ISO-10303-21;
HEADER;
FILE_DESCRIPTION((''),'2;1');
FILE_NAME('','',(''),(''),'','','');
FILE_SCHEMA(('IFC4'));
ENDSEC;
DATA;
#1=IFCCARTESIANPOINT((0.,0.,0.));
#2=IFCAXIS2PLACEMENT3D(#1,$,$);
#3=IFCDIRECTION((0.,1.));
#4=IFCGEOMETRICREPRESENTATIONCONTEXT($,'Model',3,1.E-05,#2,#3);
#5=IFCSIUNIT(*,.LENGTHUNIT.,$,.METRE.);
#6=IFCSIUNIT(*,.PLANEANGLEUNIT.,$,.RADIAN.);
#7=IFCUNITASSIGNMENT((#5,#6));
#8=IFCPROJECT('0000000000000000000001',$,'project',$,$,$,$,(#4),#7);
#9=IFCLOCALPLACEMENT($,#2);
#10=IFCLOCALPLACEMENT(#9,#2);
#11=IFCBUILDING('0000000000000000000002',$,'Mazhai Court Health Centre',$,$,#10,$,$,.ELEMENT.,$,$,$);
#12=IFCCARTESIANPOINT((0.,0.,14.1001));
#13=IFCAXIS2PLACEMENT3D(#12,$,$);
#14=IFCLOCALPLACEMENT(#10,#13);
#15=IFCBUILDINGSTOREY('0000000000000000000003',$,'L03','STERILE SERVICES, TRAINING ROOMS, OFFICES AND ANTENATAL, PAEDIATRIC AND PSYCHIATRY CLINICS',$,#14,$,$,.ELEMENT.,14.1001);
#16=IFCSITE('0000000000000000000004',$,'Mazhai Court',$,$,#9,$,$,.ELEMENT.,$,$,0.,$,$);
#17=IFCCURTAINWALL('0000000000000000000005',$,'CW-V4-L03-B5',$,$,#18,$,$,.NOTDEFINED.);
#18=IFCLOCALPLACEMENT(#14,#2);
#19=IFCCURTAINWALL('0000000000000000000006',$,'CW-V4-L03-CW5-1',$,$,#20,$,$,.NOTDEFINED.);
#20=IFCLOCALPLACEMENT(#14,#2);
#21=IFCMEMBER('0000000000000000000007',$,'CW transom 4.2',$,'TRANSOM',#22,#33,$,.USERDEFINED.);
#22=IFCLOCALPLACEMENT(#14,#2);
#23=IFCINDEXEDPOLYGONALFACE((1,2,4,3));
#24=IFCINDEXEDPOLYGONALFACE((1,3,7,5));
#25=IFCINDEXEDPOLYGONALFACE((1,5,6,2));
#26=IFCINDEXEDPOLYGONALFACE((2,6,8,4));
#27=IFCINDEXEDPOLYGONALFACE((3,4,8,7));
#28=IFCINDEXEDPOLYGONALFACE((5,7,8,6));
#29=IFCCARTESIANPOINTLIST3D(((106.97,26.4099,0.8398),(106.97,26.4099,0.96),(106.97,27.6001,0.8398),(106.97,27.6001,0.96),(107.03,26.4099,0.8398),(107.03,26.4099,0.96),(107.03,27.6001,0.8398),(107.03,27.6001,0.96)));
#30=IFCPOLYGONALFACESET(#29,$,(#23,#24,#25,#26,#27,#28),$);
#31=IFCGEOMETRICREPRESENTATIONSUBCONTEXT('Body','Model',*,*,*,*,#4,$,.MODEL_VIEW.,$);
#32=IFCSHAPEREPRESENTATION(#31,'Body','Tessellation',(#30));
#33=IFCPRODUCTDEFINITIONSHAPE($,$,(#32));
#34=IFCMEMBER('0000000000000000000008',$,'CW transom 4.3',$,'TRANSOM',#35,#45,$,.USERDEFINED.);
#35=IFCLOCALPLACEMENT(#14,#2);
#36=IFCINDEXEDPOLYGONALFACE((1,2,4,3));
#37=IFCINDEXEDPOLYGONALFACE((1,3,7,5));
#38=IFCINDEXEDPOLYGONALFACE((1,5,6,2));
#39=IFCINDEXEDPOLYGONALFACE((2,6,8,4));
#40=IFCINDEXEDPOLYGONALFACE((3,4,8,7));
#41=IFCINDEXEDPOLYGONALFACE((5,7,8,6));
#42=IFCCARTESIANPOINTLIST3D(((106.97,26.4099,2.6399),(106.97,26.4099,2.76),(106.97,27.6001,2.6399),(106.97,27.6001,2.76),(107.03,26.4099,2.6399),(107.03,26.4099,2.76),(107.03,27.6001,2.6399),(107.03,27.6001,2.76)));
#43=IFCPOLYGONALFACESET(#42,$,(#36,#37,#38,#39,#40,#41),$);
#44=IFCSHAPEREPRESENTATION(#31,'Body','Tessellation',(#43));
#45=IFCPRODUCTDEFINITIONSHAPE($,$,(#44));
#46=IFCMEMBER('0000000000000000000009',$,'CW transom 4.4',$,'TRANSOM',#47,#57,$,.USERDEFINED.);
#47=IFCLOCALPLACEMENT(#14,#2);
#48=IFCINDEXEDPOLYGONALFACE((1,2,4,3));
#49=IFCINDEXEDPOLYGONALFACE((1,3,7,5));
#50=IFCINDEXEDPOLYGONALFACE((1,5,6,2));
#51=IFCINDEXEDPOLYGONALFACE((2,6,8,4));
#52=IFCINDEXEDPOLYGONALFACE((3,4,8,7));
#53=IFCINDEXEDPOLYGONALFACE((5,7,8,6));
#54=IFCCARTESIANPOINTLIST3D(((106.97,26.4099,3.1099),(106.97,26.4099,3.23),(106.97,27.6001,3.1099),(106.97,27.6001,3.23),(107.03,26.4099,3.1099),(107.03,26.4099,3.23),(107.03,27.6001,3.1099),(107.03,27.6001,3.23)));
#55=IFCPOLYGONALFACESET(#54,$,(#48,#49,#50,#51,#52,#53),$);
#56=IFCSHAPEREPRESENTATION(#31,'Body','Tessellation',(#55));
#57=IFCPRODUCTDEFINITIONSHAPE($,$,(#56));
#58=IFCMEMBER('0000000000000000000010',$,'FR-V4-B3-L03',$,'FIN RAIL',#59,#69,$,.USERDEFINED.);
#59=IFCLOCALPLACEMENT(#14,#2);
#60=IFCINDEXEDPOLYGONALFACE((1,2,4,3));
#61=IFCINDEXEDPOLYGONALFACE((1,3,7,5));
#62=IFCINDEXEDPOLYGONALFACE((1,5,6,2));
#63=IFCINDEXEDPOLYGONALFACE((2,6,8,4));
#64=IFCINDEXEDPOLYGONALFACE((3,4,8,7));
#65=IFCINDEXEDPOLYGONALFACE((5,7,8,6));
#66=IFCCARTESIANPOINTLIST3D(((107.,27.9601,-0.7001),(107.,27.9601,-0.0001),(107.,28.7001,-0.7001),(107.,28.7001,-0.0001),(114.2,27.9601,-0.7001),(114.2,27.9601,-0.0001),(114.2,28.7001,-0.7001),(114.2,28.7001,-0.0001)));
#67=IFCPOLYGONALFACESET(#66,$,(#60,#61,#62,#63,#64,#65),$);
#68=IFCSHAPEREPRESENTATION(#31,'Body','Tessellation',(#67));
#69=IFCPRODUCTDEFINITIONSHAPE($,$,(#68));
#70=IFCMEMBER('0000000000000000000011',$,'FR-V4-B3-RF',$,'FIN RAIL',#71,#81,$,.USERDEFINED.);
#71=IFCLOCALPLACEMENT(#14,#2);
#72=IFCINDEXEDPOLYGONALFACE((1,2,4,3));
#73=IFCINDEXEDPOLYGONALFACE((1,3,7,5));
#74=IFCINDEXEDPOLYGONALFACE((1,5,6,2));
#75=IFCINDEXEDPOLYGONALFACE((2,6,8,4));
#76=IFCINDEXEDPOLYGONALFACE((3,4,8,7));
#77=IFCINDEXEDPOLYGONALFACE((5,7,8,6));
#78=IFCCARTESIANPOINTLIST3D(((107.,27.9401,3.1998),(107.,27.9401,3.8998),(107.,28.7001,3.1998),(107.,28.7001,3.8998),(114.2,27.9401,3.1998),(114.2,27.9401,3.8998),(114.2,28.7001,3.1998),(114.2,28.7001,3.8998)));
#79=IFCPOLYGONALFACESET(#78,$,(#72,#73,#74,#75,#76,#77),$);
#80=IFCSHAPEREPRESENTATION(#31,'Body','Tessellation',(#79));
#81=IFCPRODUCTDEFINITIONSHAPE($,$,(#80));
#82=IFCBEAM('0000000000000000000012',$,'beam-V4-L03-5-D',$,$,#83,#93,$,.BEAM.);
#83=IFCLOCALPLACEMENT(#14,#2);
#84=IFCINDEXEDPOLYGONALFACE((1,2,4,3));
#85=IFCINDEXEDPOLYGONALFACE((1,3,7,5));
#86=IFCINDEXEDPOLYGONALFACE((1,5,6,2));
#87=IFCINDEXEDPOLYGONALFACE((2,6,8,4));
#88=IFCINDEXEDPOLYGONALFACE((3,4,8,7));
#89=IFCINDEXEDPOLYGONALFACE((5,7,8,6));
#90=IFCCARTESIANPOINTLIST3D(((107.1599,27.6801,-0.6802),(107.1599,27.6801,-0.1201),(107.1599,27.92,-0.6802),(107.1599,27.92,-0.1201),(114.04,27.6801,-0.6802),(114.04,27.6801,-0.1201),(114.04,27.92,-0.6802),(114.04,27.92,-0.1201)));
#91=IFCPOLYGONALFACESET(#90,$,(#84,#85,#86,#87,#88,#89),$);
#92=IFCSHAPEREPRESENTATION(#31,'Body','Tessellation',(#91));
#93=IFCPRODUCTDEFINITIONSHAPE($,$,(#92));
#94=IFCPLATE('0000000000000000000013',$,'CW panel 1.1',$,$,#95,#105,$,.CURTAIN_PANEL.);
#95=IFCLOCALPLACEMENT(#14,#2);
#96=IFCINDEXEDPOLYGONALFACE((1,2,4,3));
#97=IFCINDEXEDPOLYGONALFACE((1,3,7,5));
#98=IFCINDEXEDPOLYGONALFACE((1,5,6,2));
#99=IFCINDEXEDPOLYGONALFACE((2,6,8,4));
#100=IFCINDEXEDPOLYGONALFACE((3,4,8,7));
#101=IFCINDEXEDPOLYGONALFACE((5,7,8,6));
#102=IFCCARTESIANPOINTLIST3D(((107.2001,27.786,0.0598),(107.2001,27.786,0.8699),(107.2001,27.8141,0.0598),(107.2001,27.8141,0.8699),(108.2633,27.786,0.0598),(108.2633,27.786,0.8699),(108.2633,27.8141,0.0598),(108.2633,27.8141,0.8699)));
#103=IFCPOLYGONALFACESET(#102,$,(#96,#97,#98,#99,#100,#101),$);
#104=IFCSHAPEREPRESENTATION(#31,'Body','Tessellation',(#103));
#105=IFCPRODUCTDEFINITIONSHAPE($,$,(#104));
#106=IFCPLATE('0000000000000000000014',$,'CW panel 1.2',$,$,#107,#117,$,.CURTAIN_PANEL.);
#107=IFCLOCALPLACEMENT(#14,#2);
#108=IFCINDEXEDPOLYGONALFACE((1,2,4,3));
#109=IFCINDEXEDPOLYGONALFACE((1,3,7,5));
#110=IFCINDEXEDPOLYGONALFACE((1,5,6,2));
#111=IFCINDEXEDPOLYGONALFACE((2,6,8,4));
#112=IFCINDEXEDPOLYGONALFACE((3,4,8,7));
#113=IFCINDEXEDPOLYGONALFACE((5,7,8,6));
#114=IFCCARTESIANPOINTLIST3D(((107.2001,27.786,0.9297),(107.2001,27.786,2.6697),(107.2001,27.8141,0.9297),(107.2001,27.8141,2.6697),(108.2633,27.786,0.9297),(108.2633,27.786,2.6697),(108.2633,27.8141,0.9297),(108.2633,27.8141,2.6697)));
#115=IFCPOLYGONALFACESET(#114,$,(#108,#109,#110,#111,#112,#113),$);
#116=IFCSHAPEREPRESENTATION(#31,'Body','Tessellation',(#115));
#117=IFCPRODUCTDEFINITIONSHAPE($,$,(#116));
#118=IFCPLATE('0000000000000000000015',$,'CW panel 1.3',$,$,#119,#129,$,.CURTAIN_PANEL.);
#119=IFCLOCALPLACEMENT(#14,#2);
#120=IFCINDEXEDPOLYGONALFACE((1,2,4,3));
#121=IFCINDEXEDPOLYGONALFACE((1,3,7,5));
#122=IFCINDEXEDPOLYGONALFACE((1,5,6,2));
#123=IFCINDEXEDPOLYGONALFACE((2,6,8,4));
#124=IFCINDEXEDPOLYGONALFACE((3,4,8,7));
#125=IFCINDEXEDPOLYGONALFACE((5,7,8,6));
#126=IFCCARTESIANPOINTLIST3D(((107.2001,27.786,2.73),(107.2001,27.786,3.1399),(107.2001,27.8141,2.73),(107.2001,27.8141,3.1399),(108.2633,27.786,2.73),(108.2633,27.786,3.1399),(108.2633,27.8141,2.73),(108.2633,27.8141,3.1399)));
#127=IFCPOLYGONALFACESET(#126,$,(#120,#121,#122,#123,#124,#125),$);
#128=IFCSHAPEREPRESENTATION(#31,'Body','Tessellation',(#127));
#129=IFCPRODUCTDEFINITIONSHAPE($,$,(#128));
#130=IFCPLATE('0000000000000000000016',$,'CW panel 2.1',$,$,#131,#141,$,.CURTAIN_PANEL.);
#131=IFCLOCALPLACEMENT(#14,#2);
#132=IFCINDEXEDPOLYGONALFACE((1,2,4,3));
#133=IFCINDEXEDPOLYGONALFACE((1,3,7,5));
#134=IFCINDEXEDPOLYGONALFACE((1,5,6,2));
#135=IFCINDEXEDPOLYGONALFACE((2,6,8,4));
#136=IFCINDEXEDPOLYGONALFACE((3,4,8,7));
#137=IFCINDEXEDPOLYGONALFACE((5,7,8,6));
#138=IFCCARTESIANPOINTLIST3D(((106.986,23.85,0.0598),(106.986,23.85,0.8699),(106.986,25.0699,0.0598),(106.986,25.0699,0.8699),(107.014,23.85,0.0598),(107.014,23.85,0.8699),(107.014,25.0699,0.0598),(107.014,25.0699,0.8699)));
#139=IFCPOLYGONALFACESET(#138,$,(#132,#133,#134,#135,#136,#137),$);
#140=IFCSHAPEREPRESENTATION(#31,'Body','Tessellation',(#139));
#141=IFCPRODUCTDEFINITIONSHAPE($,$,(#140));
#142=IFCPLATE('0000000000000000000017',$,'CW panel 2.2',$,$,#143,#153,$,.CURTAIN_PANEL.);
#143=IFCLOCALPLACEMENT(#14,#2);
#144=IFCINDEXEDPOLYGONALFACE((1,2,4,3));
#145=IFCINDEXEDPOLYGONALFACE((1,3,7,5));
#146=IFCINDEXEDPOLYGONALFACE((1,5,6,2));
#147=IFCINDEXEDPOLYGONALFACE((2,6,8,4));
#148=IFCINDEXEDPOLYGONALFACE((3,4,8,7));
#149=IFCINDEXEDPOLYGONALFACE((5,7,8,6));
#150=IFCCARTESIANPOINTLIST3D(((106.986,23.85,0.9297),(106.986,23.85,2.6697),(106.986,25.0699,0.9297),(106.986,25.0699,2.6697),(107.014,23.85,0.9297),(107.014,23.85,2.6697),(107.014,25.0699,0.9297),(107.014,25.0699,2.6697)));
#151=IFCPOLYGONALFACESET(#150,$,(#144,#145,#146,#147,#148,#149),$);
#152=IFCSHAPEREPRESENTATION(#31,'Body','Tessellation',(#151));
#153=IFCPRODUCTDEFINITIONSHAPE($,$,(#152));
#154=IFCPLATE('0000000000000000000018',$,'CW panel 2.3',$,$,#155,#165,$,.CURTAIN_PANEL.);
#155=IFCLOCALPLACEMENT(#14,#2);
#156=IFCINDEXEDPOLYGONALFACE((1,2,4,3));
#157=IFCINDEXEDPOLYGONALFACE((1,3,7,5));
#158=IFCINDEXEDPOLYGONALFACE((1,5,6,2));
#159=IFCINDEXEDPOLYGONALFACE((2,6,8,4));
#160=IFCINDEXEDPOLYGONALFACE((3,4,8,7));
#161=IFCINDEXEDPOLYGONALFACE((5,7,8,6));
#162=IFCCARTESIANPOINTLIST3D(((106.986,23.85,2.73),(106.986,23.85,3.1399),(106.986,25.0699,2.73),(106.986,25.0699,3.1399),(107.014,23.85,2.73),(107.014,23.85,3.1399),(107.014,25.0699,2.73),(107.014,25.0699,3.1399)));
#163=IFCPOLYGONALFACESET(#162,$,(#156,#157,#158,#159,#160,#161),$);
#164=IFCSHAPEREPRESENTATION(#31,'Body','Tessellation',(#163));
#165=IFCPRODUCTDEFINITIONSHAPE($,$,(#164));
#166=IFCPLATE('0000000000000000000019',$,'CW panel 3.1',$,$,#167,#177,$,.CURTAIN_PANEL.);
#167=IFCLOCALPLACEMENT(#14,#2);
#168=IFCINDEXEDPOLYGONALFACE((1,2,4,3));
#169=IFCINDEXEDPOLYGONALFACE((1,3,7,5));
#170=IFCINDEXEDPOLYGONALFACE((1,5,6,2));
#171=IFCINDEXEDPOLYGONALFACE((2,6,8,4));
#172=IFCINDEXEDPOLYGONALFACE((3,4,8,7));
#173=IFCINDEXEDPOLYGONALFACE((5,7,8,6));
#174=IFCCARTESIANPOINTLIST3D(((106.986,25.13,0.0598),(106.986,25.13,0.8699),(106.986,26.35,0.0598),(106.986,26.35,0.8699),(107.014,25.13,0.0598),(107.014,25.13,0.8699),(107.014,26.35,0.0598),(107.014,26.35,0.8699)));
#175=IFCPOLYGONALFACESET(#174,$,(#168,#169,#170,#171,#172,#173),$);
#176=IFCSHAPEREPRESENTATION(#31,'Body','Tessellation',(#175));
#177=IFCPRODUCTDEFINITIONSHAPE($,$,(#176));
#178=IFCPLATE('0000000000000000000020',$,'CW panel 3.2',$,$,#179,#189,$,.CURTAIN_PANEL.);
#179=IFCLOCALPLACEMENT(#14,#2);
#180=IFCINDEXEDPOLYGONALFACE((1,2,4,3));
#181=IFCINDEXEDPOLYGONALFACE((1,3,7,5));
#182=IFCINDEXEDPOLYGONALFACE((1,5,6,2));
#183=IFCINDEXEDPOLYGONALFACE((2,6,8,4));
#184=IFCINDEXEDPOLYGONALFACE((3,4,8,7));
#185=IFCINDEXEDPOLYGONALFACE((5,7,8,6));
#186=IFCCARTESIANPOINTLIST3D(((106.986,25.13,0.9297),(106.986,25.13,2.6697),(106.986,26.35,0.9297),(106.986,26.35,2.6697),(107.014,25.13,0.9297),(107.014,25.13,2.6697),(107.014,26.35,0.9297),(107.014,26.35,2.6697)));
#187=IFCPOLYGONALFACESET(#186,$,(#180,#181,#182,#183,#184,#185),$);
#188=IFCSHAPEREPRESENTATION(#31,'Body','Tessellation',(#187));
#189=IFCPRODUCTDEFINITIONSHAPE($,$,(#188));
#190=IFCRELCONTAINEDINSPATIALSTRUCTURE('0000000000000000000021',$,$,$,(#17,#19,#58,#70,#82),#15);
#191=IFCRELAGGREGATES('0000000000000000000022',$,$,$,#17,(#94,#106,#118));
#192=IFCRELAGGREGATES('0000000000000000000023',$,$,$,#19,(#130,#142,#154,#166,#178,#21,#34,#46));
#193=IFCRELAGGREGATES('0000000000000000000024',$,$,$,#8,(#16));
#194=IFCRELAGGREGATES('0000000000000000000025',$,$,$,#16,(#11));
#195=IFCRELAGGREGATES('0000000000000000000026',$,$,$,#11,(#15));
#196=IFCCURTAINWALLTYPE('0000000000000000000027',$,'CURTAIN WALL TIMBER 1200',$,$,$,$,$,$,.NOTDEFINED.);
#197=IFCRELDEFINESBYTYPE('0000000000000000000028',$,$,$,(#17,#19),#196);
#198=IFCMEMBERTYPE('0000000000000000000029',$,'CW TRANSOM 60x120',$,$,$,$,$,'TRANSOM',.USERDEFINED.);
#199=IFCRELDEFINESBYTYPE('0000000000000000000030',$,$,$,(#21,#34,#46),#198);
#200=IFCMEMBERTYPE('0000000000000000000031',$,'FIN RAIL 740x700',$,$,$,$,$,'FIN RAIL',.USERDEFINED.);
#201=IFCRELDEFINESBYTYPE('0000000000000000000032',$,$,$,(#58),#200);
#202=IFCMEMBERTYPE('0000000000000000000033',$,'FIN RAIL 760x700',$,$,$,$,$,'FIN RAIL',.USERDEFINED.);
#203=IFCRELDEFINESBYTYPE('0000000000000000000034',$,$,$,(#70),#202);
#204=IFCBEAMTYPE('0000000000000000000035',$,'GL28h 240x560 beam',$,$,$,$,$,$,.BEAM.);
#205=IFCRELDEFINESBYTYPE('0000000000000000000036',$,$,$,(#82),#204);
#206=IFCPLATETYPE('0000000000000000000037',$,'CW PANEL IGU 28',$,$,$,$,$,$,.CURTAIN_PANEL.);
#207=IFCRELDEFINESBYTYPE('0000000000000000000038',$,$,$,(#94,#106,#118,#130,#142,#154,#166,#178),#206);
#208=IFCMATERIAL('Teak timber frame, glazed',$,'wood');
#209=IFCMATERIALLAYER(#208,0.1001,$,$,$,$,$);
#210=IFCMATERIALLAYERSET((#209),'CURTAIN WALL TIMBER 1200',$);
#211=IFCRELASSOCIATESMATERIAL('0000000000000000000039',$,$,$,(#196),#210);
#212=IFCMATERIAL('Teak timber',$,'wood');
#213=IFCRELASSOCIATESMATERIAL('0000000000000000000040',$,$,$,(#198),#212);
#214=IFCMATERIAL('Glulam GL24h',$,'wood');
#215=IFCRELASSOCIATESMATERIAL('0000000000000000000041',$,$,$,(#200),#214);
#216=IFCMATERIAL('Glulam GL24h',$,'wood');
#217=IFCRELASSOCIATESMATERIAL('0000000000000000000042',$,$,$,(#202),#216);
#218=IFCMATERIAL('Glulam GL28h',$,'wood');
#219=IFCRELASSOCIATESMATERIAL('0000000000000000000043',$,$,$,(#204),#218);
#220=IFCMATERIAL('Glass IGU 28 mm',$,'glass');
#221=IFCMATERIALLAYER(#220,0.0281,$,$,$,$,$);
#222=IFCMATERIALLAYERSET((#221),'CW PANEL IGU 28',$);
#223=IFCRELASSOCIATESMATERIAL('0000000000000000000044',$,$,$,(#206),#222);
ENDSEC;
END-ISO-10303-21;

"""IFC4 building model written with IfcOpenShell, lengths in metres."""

from ifc_helpers import new_model, si_unit, direction, frame, origin, origin_2d, place, context, subcontext, project, spatial, rectangle, extrude, material, layer, layer_set, material_profile, profile_set, type_object, element, aggregate, save


model = new_model("IFC4")

# Units and contexts
model_context = context("Model", 3, precision=1e-05, world=origin(), true_north=direction((0.0, 1.0)))
body_context = subcontext(model_context, "Body", "Model", "MODEL_VIEW")
ifc_project = project(units=[si_unit("LENGTHUNIT", "METRE"), si_unit("PLANEANGLEUNIT", "RADIAN")], contexts=[model_context])

# Site, building, storey
site_placement = place(None, origin())
site = spatial("IfcSite", under=ifc_project, at=site_placement, Name="Mazhai Court", CompositionType="ELEMENT", RefElevation=0.0)
building_placement = place(site_placement, origin())
building = spatial("IfcBuilding", under=site, at=building_placement, Name="Mazhai Court Health Centre", CompositionType="ELEMENT")
storey_placement = place(building_placement, frame((0.0, 0.0, 14.1001)))
storey = spatial("IfcBuildingStorey", under=building, at=storey_placement, Name="L03", Description="STERILE SERVICES, TRAINING ROOMS, OFFICES AND ANTENATAL, PAEDIATRIC AND PSYCHIATRY CLINICS", CompositionType="ELEMENT", Elevation=14.1001)

# Curtain wall
ifc_material_1 = material(Name="Teak timber frame, glazed", Category="wood")
ifc_layer_1 = layer(ifc_material_1, 0.1001)
ifc_layer_set_1 = layer_set([ifc_layer_1], Name="CURTAIN WALL TIMBER 1200")
curtain_wall_type = type_object("IfcCurtainWallType", Name="CURTAIN WALL TIMBER 1200", PredefinedType="NOTDEFINED", material=ifc_layer_set_1)
curtain_wall_1_placement = place(storey_placement, origin())
curtain_wall_1 = element("IfcCurtainWall", 1, at=curtain_wall_1_placement, inside=storey, type_object=curtain_wall_type, Name="CW-V4-L03-B5", PredefinedType="NOTDEFINED")

# Curtain wall
curtain_wall_2_placement = place(storey_placement, origin())
curtain_wall_2 = element("IfcCurtainWall", 2, at=curtain_wall_2_placement, inside=storey, type_object=curtain_wall_type, Name="CW-V4-L03-CW5-1", PredefinedType="NOTDEFINED")

# Members
ifc_material_2 = material(Name="Teak timber", Category="wood")
ifc_material_profile_1 = material_profile(ifc_material_2, rectangle(XDim=0.0601, YDim=0.1201, at=origin_2d()), Name="CW TRANSOM 60x120")
ifc_profile_set_1 = profile_set([ifc_material_profile_1], Name="Teak timber")
member_type_1 = type_object("IfcMemberType", Name="CW TRANSOM 60x120", ElementType="TRANSOM", PredefinedType="USERDEFINED", material=ifc_profile_set_1)
member_1_placement = place(storey_placement, frame((107.0, 26.4099, 0.8999), z_axis=(0.0, 1.0, 0.0), x_axis=(-1.0, 0.0, 0.0)))
member_1 = element("IfcMember", 3, at=member_1_placement, type_object=member_type_1, Name="CW transom 4.2", ObjectType="TRANSOM", PredefinedType="USERDEFINED", context=body_context, shape_type="SweptSolid", body=[
    extrude(rectangle(XDim=0.0601, YDim=0.1201, at=origin_2d()), origin(), (0.0, 0.0, 1.0), 1.1902),
])
member_2_placement = place(storey_placement, frame((107.0, 26.4099, 2.7), z_axis=(0.0, 1.0, 0.0), x_axis=(-1.0, 0.0, 0.0)))
member_2 = element("IfcMember", 4, at=member_2_placement, type_object=member_type_1, Name="CW transom 4.3", ObjectType="TRANSOM", PredefinedType="USERDEFINED", context=body_context, shape_type="SweptSolid", body=[
    extrude(rectangle(XDim=0.0601, YDim=0.1201, at=origin_2d()), origin(), (0.0, 0.0, 1.0), 1.1902),
])
member_3_placement = place(storey_placement, frame((107.0, 26.4099, 3.1699), z_axis=(0.0, 1.0, 0.0), x_axis=(-1.0, 0.0, 0.0)))
member_3 = element("IfcMember", 5, at=member_3_placement, type_object=member_type_1, Name="CW transom 4.4", ObjectType="TRANSOM", PredefinedType="USERDEFINED", context=body_context, shape_type="SweptSolid", body=[
    extrude(rectangle(XDim=0.0601, YDim=0.1201, at=origin_2d()), origin(), (0.0, 0.0, 1.0), 1.1902),
])

# Members
ifc_material_3 = material(Name="Glulam GL24h", Category="wood")
ifc_material_profile_2 = material_profile(ifc_material_3, rectangle(XDim=0.74, YDim=0.7, at=origin_2d()), Name="FIN RAIL 740x700")
ifc_profile_set_2 = profile_set([ifc_material_profile_2], Name="Glulam GL24h")
member_type_2 = type_object("IfcMemberType", Name="FIN RAIL 740x700", ElementType="FIN RAIL", PredefinedType="USERDEFINED", material=ifc_profile_set_2)
member_4_placement = place(storey_placement, frame((107.0, 28.3301, -0.3501), z_axis=(1.0, 0.0, 0.0), x_axis=(0.0, 1.0, 0.0)))
element("IfcMember", 6, at=member_4_placement, inside=storey, type_object=member_type_2, Name="FR-V4-B3-L03", ObjectType="FIN RAIL", PredefinedType="USERDEFINED", context=body_context, shape_type="SweptSolid", body=[
    extrude(rectangle(XDim=0.74, YDim=0.7, at=origin_2d()), origin(), (0.0, 0.0, 1.0), 7.2),
])
ifc_material_4 = material(Name="Glulam GL24h", Category="wood")
ifc_material_profile_3 = material_profile(ifc_material_4, rectangle(XDim=0.76, YDim=0.7, at=origin_2d()), Name="FIN RAIL 760x700")
ifc_profile_set_3 = profile_set([ifc_material_profile_3], Name="Glulam GL24h")
member_type_3 = type_object("IfcMemberType", Name="FIN RAIL 760x700", ElementType="FIN RAIL", PredefinedType="USERDEFINED", material=ifc_profile_set_3)
member_5_placement = place(storey_placement, frame((107.0, 28.3201, 3.5498), z_axis=(1.0, 0.0, 0.0), x_axis=(0.0, 1.0, 0.0)))
element("IfcMember", 7, at=member_5_placement, inside=storey, type_object=member_type_3, Name="FR-V4-B3-RF", ObjectType="FIN RAIL", PredefinedType="USERDEFINED", context=body_context, shape_type="SweptSolid", body=[
    extrude(rectangle(XDim=0.76, YDim=0.7, at=origin_2d()), origin(), (0.0, 0.0, 1.0), 7.2),
])

# Beam
ifc_material_5 = material(Name="Glulam GL28h", Category="wood")
ifc_material_profile_4 = material_profile(ifc_material_5, rectangle(XDim=0.24, YDim=0.5601, at=origin_2d()), Name="GL28h 240x560")
ifc_profile_set_4 = profile_set([ifc_material_profile_4], Name="Glulam GL28h")
beam_type = type_object("IfcBeamType", Name="GL28h 240x560 beam", PredefinedType="BEAM", material=ifc_profile_set_4)
beam_placement = place(storey_placement, frame((107.1599, 27.8, -0.4001), z_axis=(1.0, 0.0, 0.0), x_axis=(0.0, 1.0, 0.0)))
element("IfcBeam", 8, at=beam_placement, inside=storey, type_object=beam_type, Name="beam-V4-L03-5-D", PredefinedType="BEAM", context=body_context, shape_type="SweptSolid", body=[
    extrude(rectangle(XDim=0.24, YDim=0.5601, at=origin_2d()), origin(), (0.0, 0.0, 1.0), 6.8801),
])

# Plates
ifc_material_6 = material(Name="Glass IGU 28 mm", Category="glass")
ifc_layer_2 = layer(ifc_material_6, 0.0281)
ifc_layer_set_2 = layer_set([ifc_layer_2], Name="CW PANEL IGU 28")
plate_type = type_object("IfcPlateType", Name="CW PANEL IGU 28", PredefinedType="CURTAIN_PANEL", material=ifc_layer_set_2)
plate_1_placement = place(storey_placement, frame((107.7317, 27.8, 0.0598), z_axis=(0.0, 0.0, 1.0), x_axis=(1.0, 0.0, 0.0)))
plate_1 = element("IfcPlate", 9, at=plate_1_placement, type_object=plate_type, Name="CW panel 1.1", PredefinedType="CURTAIN_PANEL", context=body_context, shape_type="SweptSolid", body=[
    extrude(rectangle(XDim=1.0632, YDim=0.0281, at=origin_2d()), origin(), (0.0, 0.0, 1.0), 0.8101),
])
plate_2_placement = place(storey_placement, frame((107.7317, 27.8, 0.9297), z_axis=(0.0, 0.0, 1.0), x_axis=(1.0, 0.0, 0.0)))
plate_2 = element("IfcPlate", 10, at=plate_2_placement, type_object=plate_type, Name="CW panel 1.2", PredefinedType="CURTAIN_PANEL", context=body_context, shape_type="SweptSolid", body=[
    extrude(rectangle(XDim=1.0632, YDim=0.0281, at=origin_2d()), origin(), (0.0, 0.0, 1.0), 1.74),
])
plate_3_placement = place(storey_placement, frame((107.7317, 27.8, 2.73), z_axis=(0.0, 0.0, 1.0), x_axis=(1.0, 0.0, 0.0)))
plate_3 = element("IfcPlate", 11, at=plate_3_placement, type_object=plate_type, Name="CW panel 1.3", PredefinedType="CURTAIN_PANEL", context=body_context, shape_type="SweptSolid", body=[
    extrude(rectangle(XDim=1.0632, YDim=0.0281, at=origin_2d()), origin(), (0.0, 0.0, 1.0), 0.4099),
])
aggregate(curtain_wall_1, [plate_1, plate_2, plate_3])
plate_4_placement = place(storey_placement, frame((107.0, 24.46, 0.0598), z_axis=(0.0, 0.0, 1.0), x_axis=(0.0, 1.0, 0.0)))
plate_4 = element("IfcPlate", 12, at=plate_4_placement, type_object=plate_type, Name="CW panel 2.1", PredefinedType="CURTAIN_PANEL", context=body_context, shape_type="SweptSolid", body=[
    extrude(rectangle(XDim=1.22, YDim=0.0281, at=origin_2d()), origin(), (0.0, 0.0, 1.0), 0.8101),
])
plate_5_placement = place(storey_placement, frame((107.0, 24.46, 0.9297), z_axis=(0.0, 0.0, 1.0), x_axis=(0.0, 1.0, 0.0)))
plate_5 = element("IfcPlate", 13, at=plate_5_placement, type_object=plate_type, Name="CW panel 2.2", PredefinedType="CURTAIN_PANEL", context=body_context, shape_type="SweptSolid", body=[
    extrude(rectangle(XDim=1.22, YDim=0.0281, at=origin_2d()), origin(), (0.0, 0.0, 1.0), 1.74),
])
plate_6_placement = place(storey_placement, frame((107.0, 24.46, 2.73), z_axis=(0.0, 0.0, 1.0), x_axis=(0.0, 1.0, 0.0)))
plate_6 = element("IfcPlate", 14, at=plate_6_placement, type_object=plate_type, Name="CW panel 2.3", PredefinedType="CURTAIN_PANEL", context=body_context, shape_type="SweptSolid", body=[
    extrude(rectangle(XDim=1.22, YDim=0.0281, at=origin_2d()), origin(), (0.0, 0.0, 1.0), 0.4099),
])
plate_7_placement = place(storey_placement, frame((107.0, 25.74, 0.0598), z_axis=(0.0, 0.0, 1.0), x_axis=(0.0, 1.0, 0.0)))
plate_7 = element("IfcPlate", 15, at=plate_7_placement, type_object=plate_type, Name="CW panel 3.1", PredefinedType="CURTAIN_PANEL", context=body_context, shape_type="SweptSolid", body=[
    extrude(rectangle(XDim=1.22, YDim=0.0281, at=origin_2d()), origin(), (0.0, 0.0, 1.0), 0.8101),
])
plate_8_placement = place(storey_placement, frame((107.0, 25.74, 0.9297), z_axis=(0.0, 0.0, 1.0), x_axis=(0.0, 1.0, 0.0)))
plate_8 = element("IfcPlate", 16, at=plate_8_placement, type_object=plate_type, Name="CW panel 3.2", PredefinedType="CURTAIN_PANEL", context=body_context, shape_type="SweptSolid", body=[
    extrude(rectangle(XDim=1.22, YDim=0.0281, at=origin_2d()), origin(), (0.0, 0.0, 1.0), 1.74),
])
aggregate(curtain_wall_2, [plate_4, plate_5, plate_6, plate_7, plate_8, member_1, member_2, member_3])

save(model, "model.ifc")
